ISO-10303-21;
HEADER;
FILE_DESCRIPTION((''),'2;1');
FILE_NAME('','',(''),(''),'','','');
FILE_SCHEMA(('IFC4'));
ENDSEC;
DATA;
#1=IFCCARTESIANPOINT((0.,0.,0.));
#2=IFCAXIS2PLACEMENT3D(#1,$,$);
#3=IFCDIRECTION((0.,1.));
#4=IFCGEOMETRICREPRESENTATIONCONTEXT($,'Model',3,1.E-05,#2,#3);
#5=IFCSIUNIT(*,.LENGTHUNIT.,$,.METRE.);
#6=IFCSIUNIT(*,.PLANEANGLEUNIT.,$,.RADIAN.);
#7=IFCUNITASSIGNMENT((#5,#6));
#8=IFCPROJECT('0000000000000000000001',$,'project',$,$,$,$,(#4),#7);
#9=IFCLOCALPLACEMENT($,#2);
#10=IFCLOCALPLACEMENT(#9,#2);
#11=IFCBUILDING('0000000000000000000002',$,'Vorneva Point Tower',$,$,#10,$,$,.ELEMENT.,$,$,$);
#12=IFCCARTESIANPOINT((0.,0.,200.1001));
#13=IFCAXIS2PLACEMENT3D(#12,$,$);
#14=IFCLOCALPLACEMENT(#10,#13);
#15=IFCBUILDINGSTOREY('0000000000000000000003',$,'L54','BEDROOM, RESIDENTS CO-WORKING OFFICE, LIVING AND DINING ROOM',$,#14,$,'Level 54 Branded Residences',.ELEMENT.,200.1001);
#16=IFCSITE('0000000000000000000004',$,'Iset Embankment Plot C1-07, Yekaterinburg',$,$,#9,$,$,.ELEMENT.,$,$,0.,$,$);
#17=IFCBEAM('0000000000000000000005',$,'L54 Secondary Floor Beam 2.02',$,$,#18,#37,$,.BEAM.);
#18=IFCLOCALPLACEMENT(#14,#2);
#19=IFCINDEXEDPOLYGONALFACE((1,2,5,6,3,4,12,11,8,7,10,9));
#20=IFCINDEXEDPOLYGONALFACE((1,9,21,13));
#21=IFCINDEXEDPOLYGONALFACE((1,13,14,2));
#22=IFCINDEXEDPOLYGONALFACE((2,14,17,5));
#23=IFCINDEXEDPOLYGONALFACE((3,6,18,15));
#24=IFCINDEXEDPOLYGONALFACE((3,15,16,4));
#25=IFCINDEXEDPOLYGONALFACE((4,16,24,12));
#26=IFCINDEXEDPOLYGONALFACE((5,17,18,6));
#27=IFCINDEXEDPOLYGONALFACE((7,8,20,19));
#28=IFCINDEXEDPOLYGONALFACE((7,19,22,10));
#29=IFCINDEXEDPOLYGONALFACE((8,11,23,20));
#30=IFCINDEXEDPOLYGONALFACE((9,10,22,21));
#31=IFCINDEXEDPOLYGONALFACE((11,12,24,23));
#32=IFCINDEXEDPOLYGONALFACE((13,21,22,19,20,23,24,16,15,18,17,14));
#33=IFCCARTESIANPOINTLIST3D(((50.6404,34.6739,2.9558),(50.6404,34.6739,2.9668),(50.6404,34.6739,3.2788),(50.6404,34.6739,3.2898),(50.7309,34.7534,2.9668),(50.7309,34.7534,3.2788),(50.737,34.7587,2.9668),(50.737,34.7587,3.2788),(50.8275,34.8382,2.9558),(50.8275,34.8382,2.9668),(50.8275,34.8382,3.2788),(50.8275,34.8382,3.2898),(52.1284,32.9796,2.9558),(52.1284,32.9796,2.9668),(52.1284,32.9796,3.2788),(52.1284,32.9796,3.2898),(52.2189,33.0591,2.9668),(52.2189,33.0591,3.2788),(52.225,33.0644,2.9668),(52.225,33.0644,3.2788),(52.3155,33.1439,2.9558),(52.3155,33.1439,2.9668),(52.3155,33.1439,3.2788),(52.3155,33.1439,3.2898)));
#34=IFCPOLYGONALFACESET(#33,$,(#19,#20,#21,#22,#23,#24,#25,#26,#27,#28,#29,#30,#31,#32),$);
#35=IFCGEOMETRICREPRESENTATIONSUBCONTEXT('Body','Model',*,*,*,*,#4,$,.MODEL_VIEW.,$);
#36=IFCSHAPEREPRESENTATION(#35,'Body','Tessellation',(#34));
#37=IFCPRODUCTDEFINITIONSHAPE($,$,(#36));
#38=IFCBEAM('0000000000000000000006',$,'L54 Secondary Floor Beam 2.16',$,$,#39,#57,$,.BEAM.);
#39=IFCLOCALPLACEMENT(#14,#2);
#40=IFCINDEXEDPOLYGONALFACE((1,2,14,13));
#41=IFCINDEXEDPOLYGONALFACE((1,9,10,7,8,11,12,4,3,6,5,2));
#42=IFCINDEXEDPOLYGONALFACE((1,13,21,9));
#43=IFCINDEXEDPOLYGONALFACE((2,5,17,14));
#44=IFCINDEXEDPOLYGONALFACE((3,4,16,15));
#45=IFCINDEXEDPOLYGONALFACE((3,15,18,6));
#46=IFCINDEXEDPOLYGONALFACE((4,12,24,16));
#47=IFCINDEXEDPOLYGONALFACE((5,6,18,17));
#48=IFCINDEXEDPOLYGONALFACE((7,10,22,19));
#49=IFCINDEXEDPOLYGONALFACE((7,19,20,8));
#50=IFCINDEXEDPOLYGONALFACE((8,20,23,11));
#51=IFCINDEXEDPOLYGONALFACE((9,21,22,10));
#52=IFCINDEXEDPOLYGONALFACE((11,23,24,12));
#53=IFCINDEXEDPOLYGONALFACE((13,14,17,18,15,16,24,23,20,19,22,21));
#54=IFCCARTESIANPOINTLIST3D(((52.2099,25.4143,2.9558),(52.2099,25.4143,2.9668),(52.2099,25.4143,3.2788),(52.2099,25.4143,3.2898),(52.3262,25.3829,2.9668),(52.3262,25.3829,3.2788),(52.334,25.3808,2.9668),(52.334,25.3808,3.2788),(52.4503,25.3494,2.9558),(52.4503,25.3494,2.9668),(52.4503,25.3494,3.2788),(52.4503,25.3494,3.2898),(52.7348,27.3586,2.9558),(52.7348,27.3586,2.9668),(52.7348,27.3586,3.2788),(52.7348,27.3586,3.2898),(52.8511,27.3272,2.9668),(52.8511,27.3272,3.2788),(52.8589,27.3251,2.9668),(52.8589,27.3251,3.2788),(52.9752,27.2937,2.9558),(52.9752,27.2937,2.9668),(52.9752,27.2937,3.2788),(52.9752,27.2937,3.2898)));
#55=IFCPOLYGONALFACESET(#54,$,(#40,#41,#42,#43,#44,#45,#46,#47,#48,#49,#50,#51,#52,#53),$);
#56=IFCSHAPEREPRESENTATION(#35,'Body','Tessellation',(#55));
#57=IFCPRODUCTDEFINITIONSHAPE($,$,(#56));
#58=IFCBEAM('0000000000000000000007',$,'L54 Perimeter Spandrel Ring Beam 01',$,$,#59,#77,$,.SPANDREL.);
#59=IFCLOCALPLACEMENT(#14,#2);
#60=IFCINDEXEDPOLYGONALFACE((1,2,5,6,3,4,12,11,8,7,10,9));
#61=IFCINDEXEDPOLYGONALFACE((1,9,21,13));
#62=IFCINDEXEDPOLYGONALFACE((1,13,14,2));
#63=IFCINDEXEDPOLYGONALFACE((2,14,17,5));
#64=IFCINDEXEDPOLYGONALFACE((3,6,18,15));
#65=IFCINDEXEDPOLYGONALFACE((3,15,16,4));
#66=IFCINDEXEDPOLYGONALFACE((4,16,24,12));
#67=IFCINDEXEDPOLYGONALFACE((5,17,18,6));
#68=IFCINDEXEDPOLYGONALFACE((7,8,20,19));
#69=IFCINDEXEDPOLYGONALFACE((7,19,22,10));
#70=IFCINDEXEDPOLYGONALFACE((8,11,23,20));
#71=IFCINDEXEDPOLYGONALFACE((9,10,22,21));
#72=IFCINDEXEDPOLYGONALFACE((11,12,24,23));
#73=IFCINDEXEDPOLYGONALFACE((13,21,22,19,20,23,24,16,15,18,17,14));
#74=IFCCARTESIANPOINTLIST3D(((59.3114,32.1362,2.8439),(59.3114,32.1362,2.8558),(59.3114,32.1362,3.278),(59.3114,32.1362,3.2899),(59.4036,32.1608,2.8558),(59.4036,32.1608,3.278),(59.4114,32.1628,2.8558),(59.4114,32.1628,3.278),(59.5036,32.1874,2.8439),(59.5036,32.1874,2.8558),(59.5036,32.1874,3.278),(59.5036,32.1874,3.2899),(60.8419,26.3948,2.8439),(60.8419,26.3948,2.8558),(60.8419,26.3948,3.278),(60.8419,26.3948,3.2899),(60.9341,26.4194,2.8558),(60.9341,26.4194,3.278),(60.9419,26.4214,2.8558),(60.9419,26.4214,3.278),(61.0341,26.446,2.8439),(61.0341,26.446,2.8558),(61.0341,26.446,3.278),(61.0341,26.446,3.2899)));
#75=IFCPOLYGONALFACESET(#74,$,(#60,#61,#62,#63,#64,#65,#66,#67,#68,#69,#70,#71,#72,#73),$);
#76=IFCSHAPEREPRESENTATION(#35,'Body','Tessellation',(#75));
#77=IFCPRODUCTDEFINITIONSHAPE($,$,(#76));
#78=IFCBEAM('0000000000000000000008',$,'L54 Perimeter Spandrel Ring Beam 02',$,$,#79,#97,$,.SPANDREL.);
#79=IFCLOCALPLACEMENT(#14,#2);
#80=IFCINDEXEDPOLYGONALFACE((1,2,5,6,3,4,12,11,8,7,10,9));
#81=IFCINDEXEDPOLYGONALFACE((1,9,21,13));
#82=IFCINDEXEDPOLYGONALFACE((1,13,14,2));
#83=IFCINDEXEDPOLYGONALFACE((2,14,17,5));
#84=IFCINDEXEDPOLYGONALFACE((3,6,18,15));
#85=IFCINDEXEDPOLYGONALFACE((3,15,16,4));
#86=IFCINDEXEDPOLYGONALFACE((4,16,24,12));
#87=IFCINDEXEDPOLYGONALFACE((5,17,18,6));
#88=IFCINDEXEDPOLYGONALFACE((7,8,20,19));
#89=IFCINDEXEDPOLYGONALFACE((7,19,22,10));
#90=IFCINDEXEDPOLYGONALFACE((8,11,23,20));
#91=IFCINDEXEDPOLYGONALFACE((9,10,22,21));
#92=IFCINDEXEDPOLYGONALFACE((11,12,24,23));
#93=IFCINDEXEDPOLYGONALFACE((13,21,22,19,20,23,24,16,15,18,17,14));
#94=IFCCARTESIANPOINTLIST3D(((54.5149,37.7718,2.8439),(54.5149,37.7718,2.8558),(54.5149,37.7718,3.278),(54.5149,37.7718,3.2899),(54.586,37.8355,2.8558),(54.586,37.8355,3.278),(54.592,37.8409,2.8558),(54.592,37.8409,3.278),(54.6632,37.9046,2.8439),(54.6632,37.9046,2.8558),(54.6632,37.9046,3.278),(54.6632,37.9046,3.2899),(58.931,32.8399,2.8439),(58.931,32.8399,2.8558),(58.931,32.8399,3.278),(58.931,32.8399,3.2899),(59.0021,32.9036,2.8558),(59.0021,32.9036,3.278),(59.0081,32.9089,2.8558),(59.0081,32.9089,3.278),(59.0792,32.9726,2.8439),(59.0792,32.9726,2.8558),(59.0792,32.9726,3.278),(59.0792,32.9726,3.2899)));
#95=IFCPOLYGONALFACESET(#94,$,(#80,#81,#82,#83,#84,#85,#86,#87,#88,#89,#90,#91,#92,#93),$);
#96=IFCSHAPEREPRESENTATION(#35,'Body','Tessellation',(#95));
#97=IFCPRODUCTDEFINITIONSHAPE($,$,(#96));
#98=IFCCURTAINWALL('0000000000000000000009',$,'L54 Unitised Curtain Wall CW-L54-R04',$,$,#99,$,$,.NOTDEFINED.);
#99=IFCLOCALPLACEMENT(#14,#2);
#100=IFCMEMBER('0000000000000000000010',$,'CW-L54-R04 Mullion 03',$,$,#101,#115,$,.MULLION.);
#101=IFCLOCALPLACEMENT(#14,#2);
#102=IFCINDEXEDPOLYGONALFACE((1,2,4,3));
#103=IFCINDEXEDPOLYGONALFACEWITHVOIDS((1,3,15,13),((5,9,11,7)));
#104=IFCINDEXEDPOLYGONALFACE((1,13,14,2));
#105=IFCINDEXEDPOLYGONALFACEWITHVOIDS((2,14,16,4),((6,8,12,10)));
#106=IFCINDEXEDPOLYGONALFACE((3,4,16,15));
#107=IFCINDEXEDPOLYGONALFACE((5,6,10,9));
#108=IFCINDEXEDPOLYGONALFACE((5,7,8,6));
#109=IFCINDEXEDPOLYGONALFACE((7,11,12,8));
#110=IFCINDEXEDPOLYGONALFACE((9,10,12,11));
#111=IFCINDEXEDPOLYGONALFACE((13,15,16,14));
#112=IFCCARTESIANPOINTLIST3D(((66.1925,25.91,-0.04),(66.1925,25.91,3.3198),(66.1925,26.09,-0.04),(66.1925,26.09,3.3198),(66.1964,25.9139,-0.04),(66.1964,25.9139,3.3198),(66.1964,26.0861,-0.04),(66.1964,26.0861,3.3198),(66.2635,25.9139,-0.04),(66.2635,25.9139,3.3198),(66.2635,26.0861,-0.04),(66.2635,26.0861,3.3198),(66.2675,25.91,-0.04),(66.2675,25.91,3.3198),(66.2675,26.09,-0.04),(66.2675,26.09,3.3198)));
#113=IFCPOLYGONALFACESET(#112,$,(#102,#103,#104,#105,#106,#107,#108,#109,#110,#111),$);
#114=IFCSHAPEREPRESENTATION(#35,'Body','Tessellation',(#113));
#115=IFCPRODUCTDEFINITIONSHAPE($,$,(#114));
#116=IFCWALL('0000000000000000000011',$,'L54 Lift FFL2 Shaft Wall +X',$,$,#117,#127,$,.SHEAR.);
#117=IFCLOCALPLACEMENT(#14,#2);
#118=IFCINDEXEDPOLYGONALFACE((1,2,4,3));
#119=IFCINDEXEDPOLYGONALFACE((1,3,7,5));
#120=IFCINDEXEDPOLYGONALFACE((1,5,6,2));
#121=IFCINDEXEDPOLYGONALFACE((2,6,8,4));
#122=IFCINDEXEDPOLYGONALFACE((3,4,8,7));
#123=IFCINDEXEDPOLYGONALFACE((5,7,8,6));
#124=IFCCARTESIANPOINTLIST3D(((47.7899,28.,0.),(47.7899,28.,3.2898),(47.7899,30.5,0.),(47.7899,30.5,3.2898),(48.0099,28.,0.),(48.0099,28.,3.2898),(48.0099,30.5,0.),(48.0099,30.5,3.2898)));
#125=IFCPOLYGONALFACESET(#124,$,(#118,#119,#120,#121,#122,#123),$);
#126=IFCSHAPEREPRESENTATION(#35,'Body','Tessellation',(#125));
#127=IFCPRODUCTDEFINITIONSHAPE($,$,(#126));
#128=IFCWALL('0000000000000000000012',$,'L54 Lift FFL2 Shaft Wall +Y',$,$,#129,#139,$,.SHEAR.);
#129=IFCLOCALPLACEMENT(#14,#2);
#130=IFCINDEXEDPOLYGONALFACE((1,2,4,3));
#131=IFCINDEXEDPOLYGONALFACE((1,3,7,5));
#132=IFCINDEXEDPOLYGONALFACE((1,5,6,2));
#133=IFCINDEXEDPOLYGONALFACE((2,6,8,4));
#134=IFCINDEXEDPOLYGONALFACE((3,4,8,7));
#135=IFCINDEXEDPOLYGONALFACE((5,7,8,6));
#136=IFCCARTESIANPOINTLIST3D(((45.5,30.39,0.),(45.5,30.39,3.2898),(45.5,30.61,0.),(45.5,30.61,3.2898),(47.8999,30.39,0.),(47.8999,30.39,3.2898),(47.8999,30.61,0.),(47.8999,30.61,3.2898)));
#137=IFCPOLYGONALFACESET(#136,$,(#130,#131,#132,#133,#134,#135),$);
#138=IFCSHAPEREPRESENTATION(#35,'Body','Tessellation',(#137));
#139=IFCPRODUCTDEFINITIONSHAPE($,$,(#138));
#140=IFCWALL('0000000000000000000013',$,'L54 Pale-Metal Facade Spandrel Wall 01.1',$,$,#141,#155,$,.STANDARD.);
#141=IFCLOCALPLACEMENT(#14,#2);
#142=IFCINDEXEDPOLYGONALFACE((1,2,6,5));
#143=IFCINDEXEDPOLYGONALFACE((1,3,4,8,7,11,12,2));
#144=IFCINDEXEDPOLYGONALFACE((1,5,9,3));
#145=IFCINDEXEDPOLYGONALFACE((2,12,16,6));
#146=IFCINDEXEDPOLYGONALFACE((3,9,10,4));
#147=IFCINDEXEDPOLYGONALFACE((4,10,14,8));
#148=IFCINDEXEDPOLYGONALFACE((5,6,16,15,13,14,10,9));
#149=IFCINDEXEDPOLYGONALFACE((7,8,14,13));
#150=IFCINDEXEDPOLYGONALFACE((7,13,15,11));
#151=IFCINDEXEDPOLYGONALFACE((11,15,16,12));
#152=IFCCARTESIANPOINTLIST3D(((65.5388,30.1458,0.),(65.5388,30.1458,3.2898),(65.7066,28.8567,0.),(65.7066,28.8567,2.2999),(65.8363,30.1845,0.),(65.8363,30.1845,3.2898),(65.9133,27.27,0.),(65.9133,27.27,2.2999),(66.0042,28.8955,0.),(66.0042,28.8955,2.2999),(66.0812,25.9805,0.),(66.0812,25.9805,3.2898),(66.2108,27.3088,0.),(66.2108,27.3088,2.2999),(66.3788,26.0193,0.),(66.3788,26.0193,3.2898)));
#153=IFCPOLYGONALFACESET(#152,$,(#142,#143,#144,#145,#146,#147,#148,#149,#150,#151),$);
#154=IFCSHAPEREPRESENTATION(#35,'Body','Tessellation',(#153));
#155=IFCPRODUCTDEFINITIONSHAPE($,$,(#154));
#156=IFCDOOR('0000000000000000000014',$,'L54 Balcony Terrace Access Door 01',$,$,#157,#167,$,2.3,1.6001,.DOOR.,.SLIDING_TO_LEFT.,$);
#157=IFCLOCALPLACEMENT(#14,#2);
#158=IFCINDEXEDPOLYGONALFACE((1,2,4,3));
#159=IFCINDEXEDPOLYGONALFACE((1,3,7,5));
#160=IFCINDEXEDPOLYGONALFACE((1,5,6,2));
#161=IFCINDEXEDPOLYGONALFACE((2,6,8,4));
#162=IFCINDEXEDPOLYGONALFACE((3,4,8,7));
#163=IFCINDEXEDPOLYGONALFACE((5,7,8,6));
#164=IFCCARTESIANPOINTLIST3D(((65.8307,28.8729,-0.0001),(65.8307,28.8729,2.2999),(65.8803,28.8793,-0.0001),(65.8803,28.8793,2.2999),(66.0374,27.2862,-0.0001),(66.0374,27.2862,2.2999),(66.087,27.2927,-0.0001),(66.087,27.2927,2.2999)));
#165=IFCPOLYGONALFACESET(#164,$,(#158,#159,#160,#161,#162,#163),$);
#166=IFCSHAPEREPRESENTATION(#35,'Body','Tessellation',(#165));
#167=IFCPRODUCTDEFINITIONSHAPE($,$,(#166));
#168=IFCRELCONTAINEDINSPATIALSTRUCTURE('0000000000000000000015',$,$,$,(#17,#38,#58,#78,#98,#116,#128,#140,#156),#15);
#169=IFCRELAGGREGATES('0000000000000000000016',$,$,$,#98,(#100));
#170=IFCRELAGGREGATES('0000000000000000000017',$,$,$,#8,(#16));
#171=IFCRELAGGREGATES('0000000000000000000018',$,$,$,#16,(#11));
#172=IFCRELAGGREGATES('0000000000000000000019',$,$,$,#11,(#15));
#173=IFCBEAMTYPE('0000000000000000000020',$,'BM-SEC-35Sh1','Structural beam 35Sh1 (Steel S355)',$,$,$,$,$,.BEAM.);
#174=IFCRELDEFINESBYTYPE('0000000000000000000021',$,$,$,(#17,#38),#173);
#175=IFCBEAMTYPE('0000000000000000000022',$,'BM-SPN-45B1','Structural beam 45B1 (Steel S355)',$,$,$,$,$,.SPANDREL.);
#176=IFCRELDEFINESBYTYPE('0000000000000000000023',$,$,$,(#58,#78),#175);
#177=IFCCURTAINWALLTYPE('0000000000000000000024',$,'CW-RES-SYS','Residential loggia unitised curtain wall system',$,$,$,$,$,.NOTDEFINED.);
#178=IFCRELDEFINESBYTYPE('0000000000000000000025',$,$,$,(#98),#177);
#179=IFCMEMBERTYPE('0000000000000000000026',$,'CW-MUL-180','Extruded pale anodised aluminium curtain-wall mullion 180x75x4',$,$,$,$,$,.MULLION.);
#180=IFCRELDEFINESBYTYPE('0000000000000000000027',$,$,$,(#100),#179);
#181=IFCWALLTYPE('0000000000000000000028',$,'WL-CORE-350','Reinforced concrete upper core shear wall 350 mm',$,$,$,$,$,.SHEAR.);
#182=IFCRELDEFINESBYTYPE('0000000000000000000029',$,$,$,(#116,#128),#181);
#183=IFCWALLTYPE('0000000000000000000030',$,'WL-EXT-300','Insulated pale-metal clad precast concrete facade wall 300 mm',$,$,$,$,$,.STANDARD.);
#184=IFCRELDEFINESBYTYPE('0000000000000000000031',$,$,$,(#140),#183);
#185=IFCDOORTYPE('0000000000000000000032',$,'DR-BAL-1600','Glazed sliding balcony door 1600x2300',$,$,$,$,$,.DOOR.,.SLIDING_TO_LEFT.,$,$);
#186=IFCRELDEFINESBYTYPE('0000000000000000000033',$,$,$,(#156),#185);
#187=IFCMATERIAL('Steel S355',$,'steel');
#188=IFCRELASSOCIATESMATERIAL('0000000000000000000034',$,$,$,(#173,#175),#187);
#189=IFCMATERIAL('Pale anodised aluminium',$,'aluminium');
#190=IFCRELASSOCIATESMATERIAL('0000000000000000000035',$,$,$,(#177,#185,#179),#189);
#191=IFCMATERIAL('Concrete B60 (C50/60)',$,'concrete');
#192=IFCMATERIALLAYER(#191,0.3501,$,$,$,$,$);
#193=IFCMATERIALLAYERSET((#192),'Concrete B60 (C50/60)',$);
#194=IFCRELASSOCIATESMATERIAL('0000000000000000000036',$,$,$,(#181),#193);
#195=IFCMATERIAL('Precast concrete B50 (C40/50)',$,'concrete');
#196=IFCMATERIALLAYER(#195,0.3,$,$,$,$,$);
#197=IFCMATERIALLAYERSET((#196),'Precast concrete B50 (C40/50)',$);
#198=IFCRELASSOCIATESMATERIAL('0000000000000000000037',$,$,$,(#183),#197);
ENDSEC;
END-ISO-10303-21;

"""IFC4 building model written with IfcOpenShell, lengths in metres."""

from ifc_helpers import new_model, si_unit, direction, frame, frame_2d, origin, origin_2d, place, context, subcontext, project, spatial, rectangle, hollow_rectangle, i_section, extrude, material, layer, layer_set, material_profile, profile_set, type_object, element, fill, aggregate, save


model = new_model("IFC4")

# Units and contexts
model_context = context("Model", 3, precision=1e-05, world=origin(), true_north=direction((0.0, 1.0)))
body_context = subcontext(model_context, "Body", "Model", "MODEL_VIEW")
ifc_project = project(units=[si_unit("LENGTHUNIT", "METRE"), si_unit("PLANEANGLEUNIT", "RADIAN")], contexts=[model_context])

# Site, building, storey
site_placement = place(None, origin())
site = spatial("IfcSite", under=ifc_project, at=site_placement, Name="Iset Embankment Plot C1-07, Yekaterinburg", CompositionType="ELEMENT", RefElevation=0.0)
building_placement = place(site_placement, origin())
building = spatial("IfcBuilding", under=site, at=building_placement, Name="Vorneva Point Tower", CompositionType="ELEMENT")
storey_placement = place(building_placement, frame((0.0, 0.0, 200.1001)))
storey = spatial("IfcBuildingStorey", under=building, at=storey_placement, Name="L54", Description="BEDROOM, RESIDENTS CO-WORKING OFFICE, LIVING AND DINING ROOM", LongName="Level 54 Branded Residences", CompositionType="ELEMENT", Elevation=200.1001)

# Beams
ifc_material_1 = material(Name="Steel S355", Category="steel")
ifc_material_profile_1 = material_profile(ifc_material_1, i_section(OverallWidth=0.249, OverallDepth=0.334, WebThickness=0.0081, FlangeThickness=0.011, at=origin_2d()), Name="35Sh1")
ifc_profile_set_1 = profile_set([ifc_material_profile_1], Name="Steel S355")
beam_type_1 = type_object("IfcBeamType", Name="BM-SEC-35Sh1", Description="Structural beam 35Sh1 (Steel S355)", PredefinedType="BEAM", material=ifc_profile_set_1)
beam_1_placement = place(storey_placement, frame((52.2219, 33.0618, 3.1228), z_axis=(-0.659883, 0.751368, 0.0), x_axis=(-0.751368, -0.659883, 0.0)))
element("IfcBeam", 1, at=beam_1_placement, inside=storey, type_object=beam_type_1, Name="L54 Secondary Floor Beam 2.02", PredefinedType="BEAM", context=body_context, shape_type="SweptSolid", body=[
    extrude(i_section(OverallWidth=0.249, OverallDepth=0.334, WebThickness=0.0081, FlangeThickness=0.011, at=origin_2d()), origin(), (0.0, 0.0, 1.0), 2.2549),
])
beam_2_placement = place(storey_placement, frame((52.3301, 25.3818, 3.1228), z_axis=(0.260634, 0.965438, 0.0), x_axis=(-0.965438, 0.260634, 0.0)))
element("IfcBeam", 2, at=beam_2_placement, inside=storey, type_object=beam_type_1, Name="L54 Secondary Floor Beam 2.16", PredefinedType="BEAM", context=body_context, shape_type="SweptSolid", body=[
    extrude(i_section(OverallWidth=0.249, OverallDepth=0.334, WebThickness=0.0081, FlangeThickness=0.011, at=origin_2d()), origin(), (0.0, 0.0, 1.0), 2.0139),
])
ifc_material_profile_2 = material_profile(ifc_material_1, i_section(OverallWidth=0.199, OverallDepth=0.446, WebThickness=0.0081, FlangeThickness=0.012, at=origin_2d()), Name="45B1")
ifc_profile_set_2 = profile_set([ifc_material_profile_2], Name="Steel S355")
beam_type_2 = type_object("IfcBeamType", Name="BM-SPN-45B1", Description="Structural beam 45B1 (Steel S355)", PredefinedType="SPANDREL", material=ifc_profile_set_2)
beam_3_placement = place(storey_placement, frame((60.938, 26.4204, 3.0669), z_axis=(-0.257578, 0.966257, 0.0), x_axis=(-0.966257, -0.257578, 0.0)))
element("IfcBeam", 3, at=beam_3_placement, inside=storey, type_object=beam_type_2, Name="L54 Perimeter Spandrel Ring Beam 01", PredefinedType="SPANDREL", context=body_context, shape_type="SweptSolid", body=[
    extrude(i_section(OverallWidth=0.199, OverallDepth=0.446, WebThickness=0.0081, FlangeThickness=0.012, at=origin_2d()), origin(), (0.0, 0.0, 1.0), 5.9419),
])
beam_4_placement = place(storey_placement, frame((59.0051, 32.9062, 3.0669), z_axis=(-0.66707, 0.744995, 0.0), x_axis=(-0.744995, -0.66707, 0.0)))
element("IfcBeam", 4, at=beam_4_placement, inside=storey, type_object=beam_type_2, Name="L54 Perimeter Spandrel Ring Beam 02", PredefinedType="SPANDREL", context=body_context, shape_type="SweptSolid", body=[
    extrude(i_section(OverallWidth=0.199, OverallDepth=0.446, WebThickness=0.0081, FlangeThickness=0.012, at=origin_2d()), origin(), (0.0, 0.0, 1.0), 6.6201),
])

# Curtain wall, member
ifc_material_2 = material(Name="Pale anodised aluminium", Category="aluminium")
curtain_wall_type = type_object("IfcCurtainWallType", Name="CW-RES-SYS", Description="Residential loggia unitised curtain wall system", PredefinedType="NOTDEFINED", material=ifc_material_2)
curtain_wall_placement = place(storey_placement, origin())
curtain_wall = element("IfcCurtainWall", 5, at=curtain_wall_placement, inside=storey, type_object=curtain_wall_type, Name="L54 Unitised Curtain Wall CW-L54-R04", PredefinedType="NOTDEFINED")
ifc_material_profile_3 = material_profile(ifc_material_2, hollow_rectangle(XDim=0.075, YDim=0.1799, WallThickness=0.0039, at=origin_2d()), Name="AL-MUL 180x75x4")
ifc_profile_set_3 = profile_set([ifc_material_profile_3], Name="Pale anodised aluminium")
member_type = type_object("IfcMemberType", Name="CW-MUL-180", Description="Extruded pale anodised aluminium curtain-wall mullion 180x75x4", PredefinedType="MULLION", material=ifc_profile_set_3)
member_placement = place(storey_placement, frame((66.23, 26.0, -0.04), z_axis=(0.0, 0.0, 1.0), x_axis=(1.0, 0.0, 0.0)))
member = element("IfcMember", 6, at=member_placement, type_object=member_type, Name="CW-L54-R04 Mullion 03", PredefinedType="MULLION", context=body_context, shape_type="SweptSolid", body=[
    extrude(hollow_rectangle(XDim=0.075, YDim=0.1799, WallThickness=0.0039, at=origin_2d()), origin(), (0.0, 0.0, 1.0), 3.3599),
])
aggregate(curtain_wall, [member])

# Walls
ifc_material_3 = material(Name="Concrete B60 (C50/60)", Category="concrete")
ifc_layer_1 = layer(ifc_material_3, 0.3501)
ifc_layer_set_1 = layer_set([ifc_layer_1], Name="Concrete B60 (C50/60)")
wall_type_1 = type_object("IfcWallType", Name="WL-CORE-350", Description="Reinforced concrete upper core shear wall 350 mm", PredefinedType="SHEAR", material=ifc_layer_set_1)
wall_1_placement = place(storey_placement, frame((47.8999, 28.0, 0.0), z_axis=(0.0, 0.0, 1.0), x_axis=(0.0, 1.0, 0.0)))
element("IfcWall", 7, at=wall_1_placement, inside=storey, type_object=wall_type_1, Name="L54 Lift FFL2 Shaft Wall +X", PredefinedType="SHEAR", context=body_context, shape_type="SweptSolid", body=[
    extrude(rectangle(XDim=2.5, YDim=0.22, at=frame_2d((1.25, 0.0))), origin(), (0.0, 0.0, 1.0), 3.2898),
])
wall_2_placement = place(storey_placement, frame((47.8999, 30.5, 0.0), z_axis=(0.0, 0.0, 1.0), x_axis=(-1.0, 0.0, 0.0)))
element("IfcWall", 8, at=wall_2_placement, inside=storey, type_object=wall_type_1, Name="L54 Lift FFL2 Shaft Wall +Y", PredefinedType="SHEAR", context=body_context, shape_type="SweptSolid", body=[
    extrude(rectangle(XDim=2.3999, YDim=0.22, at=frame_2d((1.2, 0.0))), origin(), (0.0, 0.0, 1.0), 3.2898),
])

# Wall, opening, door
ifc_material_4 = material(Name="Precast concrete B50 (C40/50)", Category="concrete")
ifc_layer_2 = layer(ifc_material_4, 0.3)
ifc_layer_set_2 = layer_set([ifc_layer_2], Name="Precast concrete B50 (C40/50)")
wall_type_2 = type_object("IfcWallType", Name="WL-EXT-300", Description="Insulated pale-metal clad precast concrete facade wall 300 mm", PredefinedType="STANDARD", material=ifc_layer_set_2)
wall_3_placement = place(storey_placement, frame((66.23, 26.0, 0.0), z_axis=(0.0, 0.0, 1.0), x_axis=(-0.129148, 0.991625, 0.0)))
wall_3 = element("IfcWall", 9, at=wall_3_placement, inside=storey, type_object=wall_type_2, Name="L54 Pale-Metal Facade Spandrel Wall 01.1", PredefinedType="STANDARD", context=body_context, shape_type="SweptSolid", body=[
    extrude(rectangle(XDim=4.2004, YDim=0.3, at=frame_2d((2.1001, 0.0))), origin(), (0.0, 0.0, 1.0), 3.2898),
])
opening_1_placement = place(wall_3_placement, frame((1.3003, 0.0, 0.0)))
opening_1 = element("IfcOpeningElement", 10, at=opening_1_placement, cuts=wall_3, PredefinedType="OPENING", context=body_context, shape_type="SweptSolid", body=[
    extrude(rectangle(XDim=1.6001, YDim=2.3, at=frame_2d((0.8, 1.1499))), frame((0.0, 0.165, 0.0), z_axis=(0.0, -1.0, 0.0), x_axis=(1.0, 0.0, 0.0)), (0.0, 0.0, 1.0), 0.3298),
])
door_type = type_object("IfcDoorType", Name="DR-BAL-1600", Description="Glazed sliding balcony door 1600x2300", OperationType="SLIDING_TO_LEFT", PredefinedType="DOOR", material=ifc_material_2)
door_placement = place(opening_1_placement, origin())
door = element("IfcDoor", 11, at=door_placement, inside=storey, type_object=door_type, Name="L54 Balcony Terrace Access Door 01", OperationType="SLIDING_TO_LEFT", OverallHeight=2.3, OverallWidth=1.6001, PredefinedType="DOOR", context=body_context, shape_type="SweptSolid", body=[
    extrude(rectangle(XDim=1.6001, YDim=2.3, at=frame_2d((0.8, 1.1499))), frame((0.0, 0.0249, 0.0), z_axis=(0.0, -1.0, 0.0), x_axis=(1.0, 0.0, 0.0)), (0.0, 0.0, 1.0), 0.05),
])
fill(opening_1, door)

save(model, "model.ifc")
